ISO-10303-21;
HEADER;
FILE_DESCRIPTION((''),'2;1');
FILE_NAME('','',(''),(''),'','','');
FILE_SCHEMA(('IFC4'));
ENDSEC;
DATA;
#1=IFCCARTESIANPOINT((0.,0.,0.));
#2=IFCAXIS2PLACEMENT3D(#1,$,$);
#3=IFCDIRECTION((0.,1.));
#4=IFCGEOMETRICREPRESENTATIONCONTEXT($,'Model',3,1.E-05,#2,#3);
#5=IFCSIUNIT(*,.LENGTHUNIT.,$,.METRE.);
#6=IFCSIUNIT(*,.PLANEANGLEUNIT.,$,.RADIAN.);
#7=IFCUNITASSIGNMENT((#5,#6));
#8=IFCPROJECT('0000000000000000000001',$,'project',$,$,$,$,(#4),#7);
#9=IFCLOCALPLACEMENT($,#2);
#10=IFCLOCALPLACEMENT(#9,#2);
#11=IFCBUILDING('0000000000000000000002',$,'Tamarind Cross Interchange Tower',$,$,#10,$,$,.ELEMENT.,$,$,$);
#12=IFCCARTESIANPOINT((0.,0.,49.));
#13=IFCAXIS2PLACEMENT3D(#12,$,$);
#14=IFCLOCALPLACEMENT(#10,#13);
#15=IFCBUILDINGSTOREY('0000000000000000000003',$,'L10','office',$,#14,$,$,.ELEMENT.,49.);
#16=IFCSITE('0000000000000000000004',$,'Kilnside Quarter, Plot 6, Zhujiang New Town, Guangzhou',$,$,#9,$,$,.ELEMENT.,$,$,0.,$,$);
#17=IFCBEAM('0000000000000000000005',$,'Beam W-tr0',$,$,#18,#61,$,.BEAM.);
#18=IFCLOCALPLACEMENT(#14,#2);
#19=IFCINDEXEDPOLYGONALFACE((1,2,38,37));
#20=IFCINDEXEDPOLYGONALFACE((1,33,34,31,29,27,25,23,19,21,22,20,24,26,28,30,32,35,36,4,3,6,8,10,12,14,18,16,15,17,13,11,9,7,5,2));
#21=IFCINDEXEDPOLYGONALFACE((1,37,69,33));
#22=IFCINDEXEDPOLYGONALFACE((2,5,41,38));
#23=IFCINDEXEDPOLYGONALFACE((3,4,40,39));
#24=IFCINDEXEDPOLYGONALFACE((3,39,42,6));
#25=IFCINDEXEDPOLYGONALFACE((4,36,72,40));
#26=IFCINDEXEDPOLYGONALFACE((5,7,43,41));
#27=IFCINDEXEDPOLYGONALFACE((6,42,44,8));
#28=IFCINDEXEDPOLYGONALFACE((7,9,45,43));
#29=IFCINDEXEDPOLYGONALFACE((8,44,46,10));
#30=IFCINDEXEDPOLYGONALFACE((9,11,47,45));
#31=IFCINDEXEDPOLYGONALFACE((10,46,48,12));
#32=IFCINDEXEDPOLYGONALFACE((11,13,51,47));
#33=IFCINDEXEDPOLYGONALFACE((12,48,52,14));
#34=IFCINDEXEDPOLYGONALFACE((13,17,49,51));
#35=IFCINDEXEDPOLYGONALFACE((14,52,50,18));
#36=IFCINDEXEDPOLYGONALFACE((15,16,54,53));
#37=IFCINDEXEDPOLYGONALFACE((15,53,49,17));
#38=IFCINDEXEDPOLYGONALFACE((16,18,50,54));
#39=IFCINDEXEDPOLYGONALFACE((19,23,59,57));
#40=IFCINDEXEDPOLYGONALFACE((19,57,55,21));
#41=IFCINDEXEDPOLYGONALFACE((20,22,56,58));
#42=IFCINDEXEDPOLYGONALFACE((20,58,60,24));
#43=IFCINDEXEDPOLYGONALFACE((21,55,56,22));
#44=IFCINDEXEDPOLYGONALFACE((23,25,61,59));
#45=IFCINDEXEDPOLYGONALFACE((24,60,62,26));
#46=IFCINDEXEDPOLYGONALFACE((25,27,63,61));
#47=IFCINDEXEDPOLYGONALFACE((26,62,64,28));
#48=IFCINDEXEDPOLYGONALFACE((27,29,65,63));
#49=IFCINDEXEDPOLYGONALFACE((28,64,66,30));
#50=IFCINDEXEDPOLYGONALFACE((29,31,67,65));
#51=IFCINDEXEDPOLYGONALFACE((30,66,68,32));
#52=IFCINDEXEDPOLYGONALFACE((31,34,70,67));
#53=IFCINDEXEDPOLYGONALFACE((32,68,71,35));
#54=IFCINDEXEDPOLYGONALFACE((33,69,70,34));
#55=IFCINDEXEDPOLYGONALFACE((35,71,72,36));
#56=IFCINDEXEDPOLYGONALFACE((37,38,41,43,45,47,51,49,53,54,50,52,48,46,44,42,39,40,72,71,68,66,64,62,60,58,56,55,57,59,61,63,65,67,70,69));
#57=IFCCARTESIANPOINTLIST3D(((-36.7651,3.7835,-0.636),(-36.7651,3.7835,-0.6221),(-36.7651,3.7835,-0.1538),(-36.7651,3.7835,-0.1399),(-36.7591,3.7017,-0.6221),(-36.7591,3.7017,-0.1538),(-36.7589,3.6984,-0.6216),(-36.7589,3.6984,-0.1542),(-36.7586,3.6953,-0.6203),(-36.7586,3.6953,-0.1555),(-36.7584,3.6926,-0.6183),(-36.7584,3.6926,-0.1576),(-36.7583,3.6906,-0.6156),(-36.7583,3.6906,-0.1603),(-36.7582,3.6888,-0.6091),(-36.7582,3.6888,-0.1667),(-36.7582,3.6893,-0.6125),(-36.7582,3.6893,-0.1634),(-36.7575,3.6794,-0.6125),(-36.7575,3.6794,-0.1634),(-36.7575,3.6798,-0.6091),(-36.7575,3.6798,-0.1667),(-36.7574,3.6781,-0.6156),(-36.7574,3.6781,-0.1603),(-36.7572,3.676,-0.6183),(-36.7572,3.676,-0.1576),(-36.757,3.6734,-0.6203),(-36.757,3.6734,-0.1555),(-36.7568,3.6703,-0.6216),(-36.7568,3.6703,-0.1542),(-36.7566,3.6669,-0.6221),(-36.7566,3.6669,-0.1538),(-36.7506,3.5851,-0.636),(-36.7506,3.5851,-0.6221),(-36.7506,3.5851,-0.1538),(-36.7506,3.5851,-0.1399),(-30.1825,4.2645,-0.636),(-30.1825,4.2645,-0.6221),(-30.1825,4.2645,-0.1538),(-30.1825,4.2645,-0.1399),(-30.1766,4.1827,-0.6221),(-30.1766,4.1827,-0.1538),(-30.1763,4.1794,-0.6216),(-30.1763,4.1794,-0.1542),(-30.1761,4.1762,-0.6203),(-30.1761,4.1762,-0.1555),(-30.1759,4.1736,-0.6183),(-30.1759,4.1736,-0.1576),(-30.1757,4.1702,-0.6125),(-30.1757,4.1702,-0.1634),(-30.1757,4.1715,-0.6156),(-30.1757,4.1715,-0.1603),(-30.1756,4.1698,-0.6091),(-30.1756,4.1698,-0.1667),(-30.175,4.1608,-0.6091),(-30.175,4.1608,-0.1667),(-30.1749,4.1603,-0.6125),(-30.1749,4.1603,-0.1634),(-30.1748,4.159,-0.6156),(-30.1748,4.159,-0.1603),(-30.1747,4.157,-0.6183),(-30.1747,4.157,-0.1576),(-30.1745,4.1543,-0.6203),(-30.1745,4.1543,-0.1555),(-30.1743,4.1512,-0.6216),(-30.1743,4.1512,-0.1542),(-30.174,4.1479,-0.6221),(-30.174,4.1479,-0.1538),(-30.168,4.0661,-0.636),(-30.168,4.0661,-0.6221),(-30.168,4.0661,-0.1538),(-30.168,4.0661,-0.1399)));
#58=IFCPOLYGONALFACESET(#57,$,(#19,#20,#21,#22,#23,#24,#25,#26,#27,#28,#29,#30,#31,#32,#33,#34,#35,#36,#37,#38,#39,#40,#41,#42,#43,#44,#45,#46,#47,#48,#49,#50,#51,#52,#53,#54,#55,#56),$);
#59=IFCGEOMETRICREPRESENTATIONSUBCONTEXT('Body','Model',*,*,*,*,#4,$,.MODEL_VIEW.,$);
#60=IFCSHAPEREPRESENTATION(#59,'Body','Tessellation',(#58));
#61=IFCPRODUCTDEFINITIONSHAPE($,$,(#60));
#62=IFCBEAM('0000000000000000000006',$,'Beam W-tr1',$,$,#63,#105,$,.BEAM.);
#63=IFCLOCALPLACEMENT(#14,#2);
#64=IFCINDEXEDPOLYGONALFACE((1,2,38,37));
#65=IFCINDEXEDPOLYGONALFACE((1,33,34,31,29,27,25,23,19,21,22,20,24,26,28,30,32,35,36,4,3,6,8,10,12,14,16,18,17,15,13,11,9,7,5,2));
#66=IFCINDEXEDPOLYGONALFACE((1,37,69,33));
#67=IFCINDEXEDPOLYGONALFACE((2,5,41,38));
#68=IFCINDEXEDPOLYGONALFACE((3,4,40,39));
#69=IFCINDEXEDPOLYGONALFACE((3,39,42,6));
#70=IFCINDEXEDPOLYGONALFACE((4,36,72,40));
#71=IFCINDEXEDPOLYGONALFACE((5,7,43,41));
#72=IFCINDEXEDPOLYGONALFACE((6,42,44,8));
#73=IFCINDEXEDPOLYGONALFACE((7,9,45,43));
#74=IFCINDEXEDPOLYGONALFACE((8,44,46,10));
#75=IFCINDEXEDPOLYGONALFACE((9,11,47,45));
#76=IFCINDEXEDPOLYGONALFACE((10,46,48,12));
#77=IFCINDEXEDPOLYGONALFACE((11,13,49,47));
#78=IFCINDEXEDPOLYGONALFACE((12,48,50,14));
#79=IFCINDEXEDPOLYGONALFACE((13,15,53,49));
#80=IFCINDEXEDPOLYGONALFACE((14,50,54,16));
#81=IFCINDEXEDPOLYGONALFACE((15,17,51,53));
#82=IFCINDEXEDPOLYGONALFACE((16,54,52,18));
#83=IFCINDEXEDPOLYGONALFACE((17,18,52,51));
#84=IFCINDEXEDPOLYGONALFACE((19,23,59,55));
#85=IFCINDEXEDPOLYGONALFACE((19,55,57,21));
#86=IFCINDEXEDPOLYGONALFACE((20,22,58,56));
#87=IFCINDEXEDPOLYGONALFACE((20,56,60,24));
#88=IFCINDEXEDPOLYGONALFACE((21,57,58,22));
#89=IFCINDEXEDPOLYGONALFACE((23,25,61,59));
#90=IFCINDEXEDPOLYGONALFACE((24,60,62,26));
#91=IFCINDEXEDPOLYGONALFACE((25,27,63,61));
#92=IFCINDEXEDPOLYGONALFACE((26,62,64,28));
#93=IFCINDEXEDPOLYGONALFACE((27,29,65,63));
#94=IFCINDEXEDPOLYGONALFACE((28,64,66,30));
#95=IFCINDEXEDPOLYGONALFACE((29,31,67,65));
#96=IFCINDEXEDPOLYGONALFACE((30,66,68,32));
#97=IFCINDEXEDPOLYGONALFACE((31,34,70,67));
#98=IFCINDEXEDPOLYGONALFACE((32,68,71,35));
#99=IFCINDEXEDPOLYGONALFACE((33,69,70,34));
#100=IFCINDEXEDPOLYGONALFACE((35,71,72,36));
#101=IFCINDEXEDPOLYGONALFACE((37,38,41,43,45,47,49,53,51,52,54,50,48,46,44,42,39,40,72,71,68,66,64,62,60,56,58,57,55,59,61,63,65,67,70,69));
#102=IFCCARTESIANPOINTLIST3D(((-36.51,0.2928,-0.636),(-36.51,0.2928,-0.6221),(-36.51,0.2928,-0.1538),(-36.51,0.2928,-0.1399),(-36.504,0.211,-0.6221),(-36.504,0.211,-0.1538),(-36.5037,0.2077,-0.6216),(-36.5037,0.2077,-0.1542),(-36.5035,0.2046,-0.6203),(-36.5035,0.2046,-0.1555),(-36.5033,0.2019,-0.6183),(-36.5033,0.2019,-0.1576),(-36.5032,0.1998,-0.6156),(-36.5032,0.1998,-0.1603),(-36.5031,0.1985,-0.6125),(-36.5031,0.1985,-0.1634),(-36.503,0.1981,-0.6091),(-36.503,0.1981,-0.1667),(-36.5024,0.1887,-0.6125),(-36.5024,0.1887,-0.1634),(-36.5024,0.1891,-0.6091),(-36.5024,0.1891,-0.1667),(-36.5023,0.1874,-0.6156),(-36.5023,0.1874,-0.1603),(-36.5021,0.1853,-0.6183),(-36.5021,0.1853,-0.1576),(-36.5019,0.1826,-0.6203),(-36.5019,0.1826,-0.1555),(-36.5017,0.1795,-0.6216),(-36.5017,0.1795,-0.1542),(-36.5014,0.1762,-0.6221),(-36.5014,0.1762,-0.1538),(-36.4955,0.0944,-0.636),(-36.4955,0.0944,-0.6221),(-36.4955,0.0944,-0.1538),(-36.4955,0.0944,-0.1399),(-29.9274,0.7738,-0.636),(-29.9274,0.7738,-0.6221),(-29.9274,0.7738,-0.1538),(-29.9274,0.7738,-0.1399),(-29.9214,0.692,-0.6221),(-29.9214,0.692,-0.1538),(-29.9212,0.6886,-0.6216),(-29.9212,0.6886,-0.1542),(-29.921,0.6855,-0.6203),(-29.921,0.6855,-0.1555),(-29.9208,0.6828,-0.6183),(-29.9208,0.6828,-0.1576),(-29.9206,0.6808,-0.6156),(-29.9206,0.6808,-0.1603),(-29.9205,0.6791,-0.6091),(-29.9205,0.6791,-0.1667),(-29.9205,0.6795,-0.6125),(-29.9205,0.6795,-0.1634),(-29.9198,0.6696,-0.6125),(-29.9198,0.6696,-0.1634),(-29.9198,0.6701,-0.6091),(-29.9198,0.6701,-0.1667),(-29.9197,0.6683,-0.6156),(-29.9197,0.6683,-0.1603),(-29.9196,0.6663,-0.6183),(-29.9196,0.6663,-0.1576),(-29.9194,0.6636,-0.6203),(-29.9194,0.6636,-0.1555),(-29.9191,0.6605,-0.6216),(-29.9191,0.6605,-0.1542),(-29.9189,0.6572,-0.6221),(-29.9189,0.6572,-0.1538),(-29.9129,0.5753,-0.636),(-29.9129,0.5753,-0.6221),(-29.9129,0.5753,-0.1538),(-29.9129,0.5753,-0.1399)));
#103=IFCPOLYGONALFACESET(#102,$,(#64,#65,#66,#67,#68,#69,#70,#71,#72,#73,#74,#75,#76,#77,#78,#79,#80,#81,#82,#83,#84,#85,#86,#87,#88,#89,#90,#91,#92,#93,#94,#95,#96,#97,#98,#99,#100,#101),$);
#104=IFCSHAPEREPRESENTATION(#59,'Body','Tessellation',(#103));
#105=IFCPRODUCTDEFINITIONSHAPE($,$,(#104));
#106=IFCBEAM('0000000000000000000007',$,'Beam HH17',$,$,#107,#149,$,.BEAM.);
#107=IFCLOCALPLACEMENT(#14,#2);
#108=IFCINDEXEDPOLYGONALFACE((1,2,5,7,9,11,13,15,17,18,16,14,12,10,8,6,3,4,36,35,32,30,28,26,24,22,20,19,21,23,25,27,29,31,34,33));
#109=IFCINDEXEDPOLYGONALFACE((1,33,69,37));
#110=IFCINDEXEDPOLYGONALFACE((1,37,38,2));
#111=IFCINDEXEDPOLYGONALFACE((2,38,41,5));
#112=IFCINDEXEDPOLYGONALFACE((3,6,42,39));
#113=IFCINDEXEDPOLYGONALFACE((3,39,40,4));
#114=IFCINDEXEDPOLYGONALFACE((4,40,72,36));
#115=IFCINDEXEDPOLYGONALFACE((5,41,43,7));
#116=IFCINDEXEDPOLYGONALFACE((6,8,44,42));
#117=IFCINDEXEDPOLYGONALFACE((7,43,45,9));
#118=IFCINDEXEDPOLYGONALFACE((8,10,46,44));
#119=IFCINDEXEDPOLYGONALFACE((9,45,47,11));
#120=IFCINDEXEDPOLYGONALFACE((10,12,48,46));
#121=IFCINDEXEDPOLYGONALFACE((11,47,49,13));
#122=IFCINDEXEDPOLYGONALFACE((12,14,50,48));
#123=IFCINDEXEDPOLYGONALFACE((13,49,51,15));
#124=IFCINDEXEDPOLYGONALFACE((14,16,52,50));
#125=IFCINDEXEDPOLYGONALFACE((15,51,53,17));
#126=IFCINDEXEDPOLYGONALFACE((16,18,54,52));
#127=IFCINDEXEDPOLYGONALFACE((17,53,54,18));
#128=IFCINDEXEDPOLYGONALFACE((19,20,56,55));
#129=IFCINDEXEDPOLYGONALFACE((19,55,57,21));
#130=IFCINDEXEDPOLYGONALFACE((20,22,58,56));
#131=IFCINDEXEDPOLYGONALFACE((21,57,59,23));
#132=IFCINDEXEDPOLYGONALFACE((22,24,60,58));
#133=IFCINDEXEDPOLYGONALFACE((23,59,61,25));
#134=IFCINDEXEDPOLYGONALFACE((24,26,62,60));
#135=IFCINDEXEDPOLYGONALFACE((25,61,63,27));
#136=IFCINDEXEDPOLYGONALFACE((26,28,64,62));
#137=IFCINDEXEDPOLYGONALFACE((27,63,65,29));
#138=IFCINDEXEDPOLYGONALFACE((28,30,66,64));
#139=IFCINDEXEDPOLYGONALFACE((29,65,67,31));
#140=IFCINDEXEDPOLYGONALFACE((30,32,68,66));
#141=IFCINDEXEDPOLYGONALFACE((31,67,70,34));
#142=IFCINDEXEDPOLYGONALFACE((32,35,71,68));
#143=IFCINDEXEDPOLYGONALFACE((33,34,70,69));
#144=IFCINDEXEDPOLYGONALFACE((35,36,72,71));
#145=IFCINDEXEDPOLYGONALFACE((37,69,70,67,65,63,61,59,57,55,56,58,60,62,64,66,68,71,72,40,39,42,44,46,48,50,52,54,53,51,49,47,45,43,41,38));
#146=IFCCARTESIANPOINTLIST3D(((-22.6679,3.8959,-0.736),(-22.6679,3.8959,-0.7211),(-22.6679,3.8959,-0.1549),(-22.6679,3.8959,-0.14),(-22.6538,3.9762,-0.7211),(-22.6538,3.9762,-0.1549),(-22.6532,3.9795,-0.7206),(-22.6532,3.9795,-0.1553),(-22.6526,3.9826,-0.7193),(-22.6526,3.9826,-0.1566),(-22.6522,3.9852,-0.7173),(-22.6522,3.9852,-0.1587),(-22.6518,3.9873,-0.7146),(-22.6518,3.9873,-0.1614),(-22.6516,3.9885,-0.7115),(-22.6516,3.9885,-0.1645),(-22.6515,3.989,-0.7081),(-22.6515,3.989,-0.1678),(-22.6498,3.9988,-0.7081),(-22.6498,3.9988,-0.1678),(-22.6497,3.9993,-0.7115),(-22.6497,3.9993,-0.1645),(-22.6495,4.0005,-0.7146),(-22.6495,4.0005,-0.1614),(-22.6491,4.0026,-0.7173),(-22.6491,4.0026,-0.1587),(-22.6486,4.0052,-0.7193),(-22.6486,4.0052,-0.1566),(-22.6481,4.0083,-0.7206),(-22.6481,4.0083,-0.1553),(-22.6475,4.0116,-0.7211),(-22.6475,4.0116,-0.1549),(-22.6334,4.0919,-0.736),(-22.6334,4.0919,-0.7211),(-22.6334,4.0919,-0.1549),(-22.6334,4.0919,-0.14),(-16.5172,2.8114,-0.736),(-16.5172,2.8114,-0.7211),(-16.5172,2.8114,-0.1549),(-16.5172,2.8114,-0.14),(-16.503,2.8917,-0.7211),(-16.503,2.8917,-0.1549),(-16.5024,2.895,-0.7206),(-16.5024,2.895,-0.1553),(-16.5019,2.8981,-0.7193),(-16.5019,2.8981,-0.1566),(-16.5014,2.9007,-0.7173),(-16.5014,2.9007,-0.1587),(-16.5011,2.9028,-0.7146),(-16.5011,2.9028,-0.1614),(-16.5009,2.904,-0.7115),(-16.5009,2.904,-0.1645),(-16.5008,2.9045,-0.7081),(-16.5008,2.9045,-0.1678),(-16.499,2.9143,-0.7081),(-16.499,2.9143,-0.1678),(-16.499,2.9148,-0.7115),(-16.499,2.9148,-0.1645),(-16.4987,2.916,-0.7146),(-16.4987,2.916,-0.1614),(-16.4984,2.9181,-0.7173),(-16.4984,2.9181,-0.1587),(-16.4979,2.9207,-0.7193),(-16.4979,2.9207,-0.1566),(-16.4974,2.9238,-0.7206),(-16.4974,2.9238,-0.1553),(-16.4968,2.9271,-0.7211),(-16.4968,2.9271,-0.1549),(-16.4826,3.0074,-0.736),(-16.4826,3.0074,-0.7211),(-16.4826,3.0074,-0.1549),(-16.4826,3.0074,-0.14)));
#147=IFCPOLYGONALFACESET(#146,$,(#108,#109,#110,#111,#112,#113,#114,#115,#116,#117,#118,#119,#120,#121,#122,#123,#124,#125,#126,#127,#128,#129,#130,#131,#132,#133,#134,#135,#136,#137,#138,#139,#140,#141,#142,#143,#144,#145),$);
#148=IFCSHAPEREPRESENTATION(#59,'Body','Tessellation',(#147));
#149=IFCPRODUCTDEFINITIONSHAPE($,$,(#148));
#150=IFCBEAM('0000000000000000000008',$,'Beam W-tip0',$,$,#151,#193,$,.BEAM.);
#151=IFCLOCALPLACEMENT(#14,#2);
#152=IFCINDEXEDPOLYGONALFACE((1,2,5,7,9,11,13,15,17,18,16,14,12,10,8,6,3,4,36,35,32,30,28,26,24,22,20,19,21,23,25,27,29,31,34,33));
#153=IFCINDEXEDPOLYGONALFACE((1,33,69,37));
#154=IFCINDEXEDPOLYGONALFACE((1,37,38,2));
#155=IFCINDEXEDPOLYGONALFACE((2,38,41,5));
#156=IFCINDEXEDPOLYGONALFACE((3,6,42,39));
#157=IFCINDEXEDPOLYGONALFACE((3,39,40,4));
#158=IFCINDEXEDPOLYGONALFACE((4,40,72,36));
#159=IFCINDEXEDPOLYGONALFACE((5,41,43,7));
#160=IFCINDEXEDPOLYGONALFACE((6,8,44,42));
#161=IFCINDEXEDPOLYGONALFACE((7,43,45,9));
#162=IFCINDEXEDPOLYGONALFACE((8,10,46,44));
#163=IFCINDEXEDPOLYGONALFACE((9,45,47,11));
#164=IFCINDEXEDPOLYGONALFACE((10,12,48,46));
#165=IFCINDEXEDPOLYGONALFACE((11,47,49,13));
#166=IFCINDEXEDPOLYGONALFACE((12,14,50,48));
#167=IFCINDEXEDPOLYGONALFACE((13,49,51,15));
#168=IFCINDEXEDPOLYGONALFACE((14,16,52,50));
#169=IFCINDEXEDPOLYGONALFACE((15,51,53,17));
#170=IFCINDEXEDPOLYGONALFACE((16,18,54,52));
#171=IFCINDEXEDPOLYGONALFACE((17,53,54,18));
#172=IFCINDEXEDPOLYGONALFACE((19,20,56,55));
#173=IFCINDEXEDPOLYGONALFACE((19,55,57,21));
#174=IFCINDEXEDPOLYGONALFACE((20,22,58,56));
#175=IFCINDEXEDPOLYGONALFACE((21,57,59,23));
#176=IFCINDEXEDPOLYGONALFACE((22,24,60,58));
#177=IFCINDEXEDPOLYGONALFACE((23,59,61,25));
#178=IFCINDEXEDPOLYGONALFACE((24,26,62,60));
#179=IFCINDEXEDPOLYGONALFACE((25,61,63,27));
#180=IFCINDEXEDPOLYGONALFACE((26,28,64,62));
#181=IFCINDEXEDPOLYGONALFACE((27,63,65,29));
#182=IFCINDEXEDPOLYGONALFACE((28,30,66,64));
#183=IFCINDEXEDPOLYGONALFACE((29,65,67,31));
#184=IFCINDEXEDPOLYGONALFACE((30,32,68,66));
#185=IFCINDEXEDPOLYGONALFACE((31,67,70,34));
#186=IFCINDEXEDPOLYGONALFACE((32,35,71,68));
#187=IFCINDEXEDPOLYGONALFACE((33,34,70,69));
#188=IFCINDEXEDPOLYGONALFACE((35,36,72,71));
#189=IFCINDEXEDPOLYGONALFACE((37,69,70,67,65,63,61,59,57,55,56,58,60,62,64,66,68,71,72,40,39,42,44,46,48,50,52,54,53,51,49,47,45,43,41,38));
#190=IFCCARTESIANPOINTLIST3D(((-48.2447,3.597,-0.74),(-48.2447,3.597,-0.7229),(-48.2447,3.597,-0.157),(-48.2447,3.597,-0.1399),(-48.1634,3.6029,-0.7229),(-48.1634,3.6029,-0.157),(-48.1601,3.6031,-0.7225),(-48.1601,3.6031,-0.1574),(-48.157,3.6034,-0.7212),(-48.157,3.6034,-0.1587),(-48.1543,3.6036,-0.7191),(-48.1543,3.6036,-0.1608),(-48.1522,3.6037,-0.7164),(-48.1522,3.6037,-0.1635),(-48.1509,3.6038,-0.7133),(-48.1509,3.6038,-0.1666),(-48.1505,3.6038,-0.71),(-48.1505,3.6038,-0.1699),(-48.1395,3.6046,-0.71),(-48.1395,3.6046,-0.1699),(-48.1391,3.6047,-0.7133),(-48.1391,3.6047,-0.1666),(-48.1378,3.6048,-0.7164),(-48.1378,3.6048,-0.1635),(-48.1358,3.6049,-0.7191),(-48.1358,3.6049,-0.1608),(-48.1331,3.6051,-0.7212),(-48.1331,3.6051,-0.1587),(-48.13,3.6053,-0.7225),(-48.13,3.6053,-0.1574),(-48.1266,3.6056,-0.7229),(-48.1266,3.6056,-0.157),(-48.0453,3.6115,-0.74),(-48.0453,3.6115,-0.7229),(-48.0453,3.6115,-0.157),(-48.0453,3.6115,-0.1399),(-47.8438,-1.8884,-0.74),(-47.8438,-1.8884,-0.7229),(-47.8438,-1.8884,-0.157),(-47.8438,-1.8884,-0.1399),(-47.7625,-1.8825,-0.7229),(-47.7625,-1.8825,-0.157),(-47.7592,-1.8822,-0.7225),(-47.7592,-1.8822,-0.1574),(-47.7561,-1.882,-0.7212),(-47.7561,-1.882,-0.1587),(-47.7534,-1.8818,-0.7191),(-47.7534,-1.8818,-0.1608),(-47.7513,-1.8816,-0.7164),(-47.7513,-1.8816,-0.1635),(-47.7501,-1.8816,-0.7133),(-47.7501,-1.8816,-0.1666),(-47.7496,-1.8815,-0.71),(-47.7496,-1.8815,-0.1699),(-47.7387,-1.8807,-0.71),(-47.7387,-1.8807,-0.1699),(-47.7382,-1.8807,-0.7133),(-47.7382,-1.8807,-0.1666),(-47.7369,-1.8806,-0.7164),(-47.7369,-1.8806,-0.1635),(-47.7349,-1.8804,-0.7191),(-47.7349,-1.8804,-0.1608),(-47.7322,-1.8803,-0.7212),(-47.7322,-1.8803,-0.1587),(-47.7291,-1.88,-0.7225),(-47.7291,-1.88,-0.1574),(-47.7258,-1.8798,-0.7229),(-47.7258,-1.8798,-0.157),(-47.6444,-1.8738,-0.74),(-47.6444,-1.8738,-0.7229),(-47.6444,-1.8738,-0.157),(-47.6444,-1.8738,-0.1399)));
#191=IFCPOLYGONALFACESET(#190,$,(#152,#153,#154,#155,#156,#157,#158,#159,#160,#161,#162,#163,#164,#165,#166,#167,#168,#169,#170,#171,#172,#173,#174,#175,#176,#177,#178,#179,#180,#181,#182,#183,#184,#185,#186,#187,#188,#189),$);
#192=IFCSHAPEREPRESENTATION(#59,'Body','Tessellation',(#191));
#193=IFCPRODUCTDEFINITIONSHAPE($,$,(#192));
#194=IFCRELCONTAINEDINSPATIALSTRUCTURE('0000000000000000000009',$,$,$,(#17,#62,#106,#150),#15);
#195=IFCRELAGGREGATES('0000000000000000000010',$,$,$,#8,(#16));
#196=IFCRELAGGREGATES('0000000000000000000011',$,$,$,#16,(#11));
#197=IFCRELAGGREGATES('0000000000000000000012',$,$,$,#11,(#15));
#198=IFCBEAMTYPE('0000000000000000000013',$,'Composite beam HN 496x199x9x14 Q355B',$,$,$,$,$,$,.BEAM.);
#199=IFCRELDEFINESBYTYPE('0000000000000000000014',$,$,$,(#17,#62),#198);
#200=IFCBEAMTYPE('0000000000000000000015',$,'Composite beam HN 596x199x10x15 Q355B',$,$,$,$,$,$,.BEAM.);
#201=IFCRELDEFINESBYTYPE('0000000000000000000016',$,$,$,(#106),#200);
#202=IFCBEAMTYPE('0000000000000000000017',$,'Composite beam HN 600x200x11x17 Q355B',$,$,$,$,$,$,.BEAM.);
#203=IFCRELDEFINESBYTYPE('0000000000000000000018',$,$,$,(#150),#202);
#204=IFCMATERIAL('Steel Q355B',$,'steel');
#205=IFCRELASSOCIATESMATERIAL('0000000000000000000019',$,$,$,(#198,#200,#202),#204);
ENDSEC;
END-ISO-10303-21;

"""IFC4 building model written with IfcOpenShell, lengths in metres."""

from ifc_helpers import new_model, si_unit, direction, frame, origin, origin_2d, place, context, subcontext, project, spatial, i_section, extrude, material, material_profile, profile_set, type_object, element, save


model = new_model("IFC4")

# Units and contexts
model_context = context("Model", 3, precision=1e-05, world=origin(), true_north=direction((0.0, 1.0)))
body_context = subcontext(model_context, "Body", "Model", "MODEL_VIEW")
ifc_project = project(units=[si_unit("LENGTHUNIT", "METRE"), si_unit("PLANEANGLEUNIT", "RADIAN")], contexts=[model_context])

# Site, building, storey
site_placement = place(None, origin())
site = spatial("IfcSite", under=ifc_project, at=site_placement, Name="Kilnside Quarter, Plot 6, Zhujiang New Town, Guangzhou", CompositionType="ELEMENT", RefElevation=0.0)
building_placement = place(site_placement, origin())
building = spatial("IfcBuilding", under=site, at=building_placement, Name="Tamarind Cross Interchange Tower", CompositionType="ELEMENT")
storey_placement = place(building_placement, frame((0.0, 0.0, 49.0)))
storey = spatial("IfcBuildingStorey", under=building, at=storey_placement, Name="L10", Description="office", CompositionType="ELEMENT", Elevation=49.0)

# Beams
ifc_material_1 = material(Name="Steel Q355B", Category="steel")
ifc_material_profile_1 = material_profile(ifc_material_1, i_section(OverallWidth=0.199, OverallDepth=0.4961, WebThickness=0.009, FlangeThickness=0.0139, FilletRadius=0.0129, at=origin_2d()), Name="HN 496x199x9x14")
ifc_profile_set_1 = profile_set([ifc_material_profile_1], Name="Steel Q355B")
beam_type_1 = type_object("IfcBeamType", Name="Composite beam HN 496x199x9x14 Q355B", PredefinedType="BEAM", material=ifc_profile_set_1)
for number, where, z_axis, x_axis, name in (
    (1, (-30.1753, 4.1653, -0.3879), (-0.997341, -0.072872, 0.0), (0.072872, -0.997341, 0.0), "Beam W-tr0"),
    (2, (-29.9202, 0.6746, -0.3879), (-0.997341, -0.072872, 0.0), (0.072872, -0.997341, 0.0), "Beam W-tr1"),
):
    element("IfcBeam", number, at=place(storey_placement, frame(where, z_axis=z_axis, x_axis=x_axis)), inside=storey, type_object=beam_type_1, Name=name, PredefinedType="BEAM", context=body_context, shape_type="SweptSolid", body=[
        extrude(i_section(OverallWidth=0.199, OverallDepth=0.4961, WebThickness=0.009, FlangeThickness=0.0139, FilletRadius=0.0129, at=origin_2d()), origin(), (0.0, 0.0, 1.0), 6.6001),
    ])
ifc_material_profile_2 = material_profile(ifc_material_1, i_section(OverallWidth=0.199, OverallDepth=0.5959, WebThickness=0.01, FlangeThickness=0.0149, FilletRadius=0.0129, at=origin_2d()), Name="HN 596x199x10x15")
ifc_profile_set_2 = profile_set([ifc_material_profile_2], Name="Steel Q355B")
beam_type_2 = type_object("IfcBeamType", Name="Composite beam HN 596x199x10x15 Q355B", PredefinedType="BEAM", material=ifc_profile_set_2)
beam_1_placement = place(storey_placement, frame((-22.6506, 3.9939, -0.438), z_axis=(0.984809, -0.17364, 0.0), x_axis=(0.17364, 0.984809, 0.0)))
element("IfcBeam", 3, at=beam_1_placement, inside=storey, type_object=beam_type_2, Name="Beam HH17", PredefinedType="BEAM", context=body_context, shape_type="SweptSolid", body=[
    extrude(i_section(OverallWidth=0.199, OverallDepth=0.5959, WebThickness=0.01, FlangeThickness=0.0149, FilletRadius=0.0129, at=origin_2d()), origin(), (0.0, 0.0, 1.0), 6.2456),
])
ifc_material_profile_3 = material_profile(ifc_material_1, i_section(OverallWidth=0.2, OverallDepth=0.6001, WebThickness=0.011, FlangeThickness=0.0171, FilletRadius=0.0129, at=origin_2d()), Name="HN 600x200x11x17")
ifc_profile_set_3 = profile_set([ifc_material_profile_3], Name="Steel Q355B")
beam_type_3 = type_object("IfcBeamType", Name="Composite beam HN 600x200x11x17 Q355B", PredefinedType="BEAM", material=ifc_profile_set_3)
beam_2_placement = place(storey_placement, frame((-48.145, 3.6042, -0.4399), z_axis=(0.072887, -0.99734, 0.0), x_axis=(0.99734, 0.072887, 0.0)))
element("IfcBeam", 4, at=beam_2_placement, inside=storey, type_object=beam_type_3, Name="Beam W-tip0", PredefinedType="BEAM", context=body_context, shape_type="SweptSolid", body=[
    extrude(i_section(OverallWidth=0.2, OverallDepth=0.6001, WebThickness=0.011, FlangeThickness=0.0171, FilletRadius=0.0129, at=origin_2d()), origin(), (0.0, 0.0, 1.0), 5.5),
])

save(model, "model.ifc")
